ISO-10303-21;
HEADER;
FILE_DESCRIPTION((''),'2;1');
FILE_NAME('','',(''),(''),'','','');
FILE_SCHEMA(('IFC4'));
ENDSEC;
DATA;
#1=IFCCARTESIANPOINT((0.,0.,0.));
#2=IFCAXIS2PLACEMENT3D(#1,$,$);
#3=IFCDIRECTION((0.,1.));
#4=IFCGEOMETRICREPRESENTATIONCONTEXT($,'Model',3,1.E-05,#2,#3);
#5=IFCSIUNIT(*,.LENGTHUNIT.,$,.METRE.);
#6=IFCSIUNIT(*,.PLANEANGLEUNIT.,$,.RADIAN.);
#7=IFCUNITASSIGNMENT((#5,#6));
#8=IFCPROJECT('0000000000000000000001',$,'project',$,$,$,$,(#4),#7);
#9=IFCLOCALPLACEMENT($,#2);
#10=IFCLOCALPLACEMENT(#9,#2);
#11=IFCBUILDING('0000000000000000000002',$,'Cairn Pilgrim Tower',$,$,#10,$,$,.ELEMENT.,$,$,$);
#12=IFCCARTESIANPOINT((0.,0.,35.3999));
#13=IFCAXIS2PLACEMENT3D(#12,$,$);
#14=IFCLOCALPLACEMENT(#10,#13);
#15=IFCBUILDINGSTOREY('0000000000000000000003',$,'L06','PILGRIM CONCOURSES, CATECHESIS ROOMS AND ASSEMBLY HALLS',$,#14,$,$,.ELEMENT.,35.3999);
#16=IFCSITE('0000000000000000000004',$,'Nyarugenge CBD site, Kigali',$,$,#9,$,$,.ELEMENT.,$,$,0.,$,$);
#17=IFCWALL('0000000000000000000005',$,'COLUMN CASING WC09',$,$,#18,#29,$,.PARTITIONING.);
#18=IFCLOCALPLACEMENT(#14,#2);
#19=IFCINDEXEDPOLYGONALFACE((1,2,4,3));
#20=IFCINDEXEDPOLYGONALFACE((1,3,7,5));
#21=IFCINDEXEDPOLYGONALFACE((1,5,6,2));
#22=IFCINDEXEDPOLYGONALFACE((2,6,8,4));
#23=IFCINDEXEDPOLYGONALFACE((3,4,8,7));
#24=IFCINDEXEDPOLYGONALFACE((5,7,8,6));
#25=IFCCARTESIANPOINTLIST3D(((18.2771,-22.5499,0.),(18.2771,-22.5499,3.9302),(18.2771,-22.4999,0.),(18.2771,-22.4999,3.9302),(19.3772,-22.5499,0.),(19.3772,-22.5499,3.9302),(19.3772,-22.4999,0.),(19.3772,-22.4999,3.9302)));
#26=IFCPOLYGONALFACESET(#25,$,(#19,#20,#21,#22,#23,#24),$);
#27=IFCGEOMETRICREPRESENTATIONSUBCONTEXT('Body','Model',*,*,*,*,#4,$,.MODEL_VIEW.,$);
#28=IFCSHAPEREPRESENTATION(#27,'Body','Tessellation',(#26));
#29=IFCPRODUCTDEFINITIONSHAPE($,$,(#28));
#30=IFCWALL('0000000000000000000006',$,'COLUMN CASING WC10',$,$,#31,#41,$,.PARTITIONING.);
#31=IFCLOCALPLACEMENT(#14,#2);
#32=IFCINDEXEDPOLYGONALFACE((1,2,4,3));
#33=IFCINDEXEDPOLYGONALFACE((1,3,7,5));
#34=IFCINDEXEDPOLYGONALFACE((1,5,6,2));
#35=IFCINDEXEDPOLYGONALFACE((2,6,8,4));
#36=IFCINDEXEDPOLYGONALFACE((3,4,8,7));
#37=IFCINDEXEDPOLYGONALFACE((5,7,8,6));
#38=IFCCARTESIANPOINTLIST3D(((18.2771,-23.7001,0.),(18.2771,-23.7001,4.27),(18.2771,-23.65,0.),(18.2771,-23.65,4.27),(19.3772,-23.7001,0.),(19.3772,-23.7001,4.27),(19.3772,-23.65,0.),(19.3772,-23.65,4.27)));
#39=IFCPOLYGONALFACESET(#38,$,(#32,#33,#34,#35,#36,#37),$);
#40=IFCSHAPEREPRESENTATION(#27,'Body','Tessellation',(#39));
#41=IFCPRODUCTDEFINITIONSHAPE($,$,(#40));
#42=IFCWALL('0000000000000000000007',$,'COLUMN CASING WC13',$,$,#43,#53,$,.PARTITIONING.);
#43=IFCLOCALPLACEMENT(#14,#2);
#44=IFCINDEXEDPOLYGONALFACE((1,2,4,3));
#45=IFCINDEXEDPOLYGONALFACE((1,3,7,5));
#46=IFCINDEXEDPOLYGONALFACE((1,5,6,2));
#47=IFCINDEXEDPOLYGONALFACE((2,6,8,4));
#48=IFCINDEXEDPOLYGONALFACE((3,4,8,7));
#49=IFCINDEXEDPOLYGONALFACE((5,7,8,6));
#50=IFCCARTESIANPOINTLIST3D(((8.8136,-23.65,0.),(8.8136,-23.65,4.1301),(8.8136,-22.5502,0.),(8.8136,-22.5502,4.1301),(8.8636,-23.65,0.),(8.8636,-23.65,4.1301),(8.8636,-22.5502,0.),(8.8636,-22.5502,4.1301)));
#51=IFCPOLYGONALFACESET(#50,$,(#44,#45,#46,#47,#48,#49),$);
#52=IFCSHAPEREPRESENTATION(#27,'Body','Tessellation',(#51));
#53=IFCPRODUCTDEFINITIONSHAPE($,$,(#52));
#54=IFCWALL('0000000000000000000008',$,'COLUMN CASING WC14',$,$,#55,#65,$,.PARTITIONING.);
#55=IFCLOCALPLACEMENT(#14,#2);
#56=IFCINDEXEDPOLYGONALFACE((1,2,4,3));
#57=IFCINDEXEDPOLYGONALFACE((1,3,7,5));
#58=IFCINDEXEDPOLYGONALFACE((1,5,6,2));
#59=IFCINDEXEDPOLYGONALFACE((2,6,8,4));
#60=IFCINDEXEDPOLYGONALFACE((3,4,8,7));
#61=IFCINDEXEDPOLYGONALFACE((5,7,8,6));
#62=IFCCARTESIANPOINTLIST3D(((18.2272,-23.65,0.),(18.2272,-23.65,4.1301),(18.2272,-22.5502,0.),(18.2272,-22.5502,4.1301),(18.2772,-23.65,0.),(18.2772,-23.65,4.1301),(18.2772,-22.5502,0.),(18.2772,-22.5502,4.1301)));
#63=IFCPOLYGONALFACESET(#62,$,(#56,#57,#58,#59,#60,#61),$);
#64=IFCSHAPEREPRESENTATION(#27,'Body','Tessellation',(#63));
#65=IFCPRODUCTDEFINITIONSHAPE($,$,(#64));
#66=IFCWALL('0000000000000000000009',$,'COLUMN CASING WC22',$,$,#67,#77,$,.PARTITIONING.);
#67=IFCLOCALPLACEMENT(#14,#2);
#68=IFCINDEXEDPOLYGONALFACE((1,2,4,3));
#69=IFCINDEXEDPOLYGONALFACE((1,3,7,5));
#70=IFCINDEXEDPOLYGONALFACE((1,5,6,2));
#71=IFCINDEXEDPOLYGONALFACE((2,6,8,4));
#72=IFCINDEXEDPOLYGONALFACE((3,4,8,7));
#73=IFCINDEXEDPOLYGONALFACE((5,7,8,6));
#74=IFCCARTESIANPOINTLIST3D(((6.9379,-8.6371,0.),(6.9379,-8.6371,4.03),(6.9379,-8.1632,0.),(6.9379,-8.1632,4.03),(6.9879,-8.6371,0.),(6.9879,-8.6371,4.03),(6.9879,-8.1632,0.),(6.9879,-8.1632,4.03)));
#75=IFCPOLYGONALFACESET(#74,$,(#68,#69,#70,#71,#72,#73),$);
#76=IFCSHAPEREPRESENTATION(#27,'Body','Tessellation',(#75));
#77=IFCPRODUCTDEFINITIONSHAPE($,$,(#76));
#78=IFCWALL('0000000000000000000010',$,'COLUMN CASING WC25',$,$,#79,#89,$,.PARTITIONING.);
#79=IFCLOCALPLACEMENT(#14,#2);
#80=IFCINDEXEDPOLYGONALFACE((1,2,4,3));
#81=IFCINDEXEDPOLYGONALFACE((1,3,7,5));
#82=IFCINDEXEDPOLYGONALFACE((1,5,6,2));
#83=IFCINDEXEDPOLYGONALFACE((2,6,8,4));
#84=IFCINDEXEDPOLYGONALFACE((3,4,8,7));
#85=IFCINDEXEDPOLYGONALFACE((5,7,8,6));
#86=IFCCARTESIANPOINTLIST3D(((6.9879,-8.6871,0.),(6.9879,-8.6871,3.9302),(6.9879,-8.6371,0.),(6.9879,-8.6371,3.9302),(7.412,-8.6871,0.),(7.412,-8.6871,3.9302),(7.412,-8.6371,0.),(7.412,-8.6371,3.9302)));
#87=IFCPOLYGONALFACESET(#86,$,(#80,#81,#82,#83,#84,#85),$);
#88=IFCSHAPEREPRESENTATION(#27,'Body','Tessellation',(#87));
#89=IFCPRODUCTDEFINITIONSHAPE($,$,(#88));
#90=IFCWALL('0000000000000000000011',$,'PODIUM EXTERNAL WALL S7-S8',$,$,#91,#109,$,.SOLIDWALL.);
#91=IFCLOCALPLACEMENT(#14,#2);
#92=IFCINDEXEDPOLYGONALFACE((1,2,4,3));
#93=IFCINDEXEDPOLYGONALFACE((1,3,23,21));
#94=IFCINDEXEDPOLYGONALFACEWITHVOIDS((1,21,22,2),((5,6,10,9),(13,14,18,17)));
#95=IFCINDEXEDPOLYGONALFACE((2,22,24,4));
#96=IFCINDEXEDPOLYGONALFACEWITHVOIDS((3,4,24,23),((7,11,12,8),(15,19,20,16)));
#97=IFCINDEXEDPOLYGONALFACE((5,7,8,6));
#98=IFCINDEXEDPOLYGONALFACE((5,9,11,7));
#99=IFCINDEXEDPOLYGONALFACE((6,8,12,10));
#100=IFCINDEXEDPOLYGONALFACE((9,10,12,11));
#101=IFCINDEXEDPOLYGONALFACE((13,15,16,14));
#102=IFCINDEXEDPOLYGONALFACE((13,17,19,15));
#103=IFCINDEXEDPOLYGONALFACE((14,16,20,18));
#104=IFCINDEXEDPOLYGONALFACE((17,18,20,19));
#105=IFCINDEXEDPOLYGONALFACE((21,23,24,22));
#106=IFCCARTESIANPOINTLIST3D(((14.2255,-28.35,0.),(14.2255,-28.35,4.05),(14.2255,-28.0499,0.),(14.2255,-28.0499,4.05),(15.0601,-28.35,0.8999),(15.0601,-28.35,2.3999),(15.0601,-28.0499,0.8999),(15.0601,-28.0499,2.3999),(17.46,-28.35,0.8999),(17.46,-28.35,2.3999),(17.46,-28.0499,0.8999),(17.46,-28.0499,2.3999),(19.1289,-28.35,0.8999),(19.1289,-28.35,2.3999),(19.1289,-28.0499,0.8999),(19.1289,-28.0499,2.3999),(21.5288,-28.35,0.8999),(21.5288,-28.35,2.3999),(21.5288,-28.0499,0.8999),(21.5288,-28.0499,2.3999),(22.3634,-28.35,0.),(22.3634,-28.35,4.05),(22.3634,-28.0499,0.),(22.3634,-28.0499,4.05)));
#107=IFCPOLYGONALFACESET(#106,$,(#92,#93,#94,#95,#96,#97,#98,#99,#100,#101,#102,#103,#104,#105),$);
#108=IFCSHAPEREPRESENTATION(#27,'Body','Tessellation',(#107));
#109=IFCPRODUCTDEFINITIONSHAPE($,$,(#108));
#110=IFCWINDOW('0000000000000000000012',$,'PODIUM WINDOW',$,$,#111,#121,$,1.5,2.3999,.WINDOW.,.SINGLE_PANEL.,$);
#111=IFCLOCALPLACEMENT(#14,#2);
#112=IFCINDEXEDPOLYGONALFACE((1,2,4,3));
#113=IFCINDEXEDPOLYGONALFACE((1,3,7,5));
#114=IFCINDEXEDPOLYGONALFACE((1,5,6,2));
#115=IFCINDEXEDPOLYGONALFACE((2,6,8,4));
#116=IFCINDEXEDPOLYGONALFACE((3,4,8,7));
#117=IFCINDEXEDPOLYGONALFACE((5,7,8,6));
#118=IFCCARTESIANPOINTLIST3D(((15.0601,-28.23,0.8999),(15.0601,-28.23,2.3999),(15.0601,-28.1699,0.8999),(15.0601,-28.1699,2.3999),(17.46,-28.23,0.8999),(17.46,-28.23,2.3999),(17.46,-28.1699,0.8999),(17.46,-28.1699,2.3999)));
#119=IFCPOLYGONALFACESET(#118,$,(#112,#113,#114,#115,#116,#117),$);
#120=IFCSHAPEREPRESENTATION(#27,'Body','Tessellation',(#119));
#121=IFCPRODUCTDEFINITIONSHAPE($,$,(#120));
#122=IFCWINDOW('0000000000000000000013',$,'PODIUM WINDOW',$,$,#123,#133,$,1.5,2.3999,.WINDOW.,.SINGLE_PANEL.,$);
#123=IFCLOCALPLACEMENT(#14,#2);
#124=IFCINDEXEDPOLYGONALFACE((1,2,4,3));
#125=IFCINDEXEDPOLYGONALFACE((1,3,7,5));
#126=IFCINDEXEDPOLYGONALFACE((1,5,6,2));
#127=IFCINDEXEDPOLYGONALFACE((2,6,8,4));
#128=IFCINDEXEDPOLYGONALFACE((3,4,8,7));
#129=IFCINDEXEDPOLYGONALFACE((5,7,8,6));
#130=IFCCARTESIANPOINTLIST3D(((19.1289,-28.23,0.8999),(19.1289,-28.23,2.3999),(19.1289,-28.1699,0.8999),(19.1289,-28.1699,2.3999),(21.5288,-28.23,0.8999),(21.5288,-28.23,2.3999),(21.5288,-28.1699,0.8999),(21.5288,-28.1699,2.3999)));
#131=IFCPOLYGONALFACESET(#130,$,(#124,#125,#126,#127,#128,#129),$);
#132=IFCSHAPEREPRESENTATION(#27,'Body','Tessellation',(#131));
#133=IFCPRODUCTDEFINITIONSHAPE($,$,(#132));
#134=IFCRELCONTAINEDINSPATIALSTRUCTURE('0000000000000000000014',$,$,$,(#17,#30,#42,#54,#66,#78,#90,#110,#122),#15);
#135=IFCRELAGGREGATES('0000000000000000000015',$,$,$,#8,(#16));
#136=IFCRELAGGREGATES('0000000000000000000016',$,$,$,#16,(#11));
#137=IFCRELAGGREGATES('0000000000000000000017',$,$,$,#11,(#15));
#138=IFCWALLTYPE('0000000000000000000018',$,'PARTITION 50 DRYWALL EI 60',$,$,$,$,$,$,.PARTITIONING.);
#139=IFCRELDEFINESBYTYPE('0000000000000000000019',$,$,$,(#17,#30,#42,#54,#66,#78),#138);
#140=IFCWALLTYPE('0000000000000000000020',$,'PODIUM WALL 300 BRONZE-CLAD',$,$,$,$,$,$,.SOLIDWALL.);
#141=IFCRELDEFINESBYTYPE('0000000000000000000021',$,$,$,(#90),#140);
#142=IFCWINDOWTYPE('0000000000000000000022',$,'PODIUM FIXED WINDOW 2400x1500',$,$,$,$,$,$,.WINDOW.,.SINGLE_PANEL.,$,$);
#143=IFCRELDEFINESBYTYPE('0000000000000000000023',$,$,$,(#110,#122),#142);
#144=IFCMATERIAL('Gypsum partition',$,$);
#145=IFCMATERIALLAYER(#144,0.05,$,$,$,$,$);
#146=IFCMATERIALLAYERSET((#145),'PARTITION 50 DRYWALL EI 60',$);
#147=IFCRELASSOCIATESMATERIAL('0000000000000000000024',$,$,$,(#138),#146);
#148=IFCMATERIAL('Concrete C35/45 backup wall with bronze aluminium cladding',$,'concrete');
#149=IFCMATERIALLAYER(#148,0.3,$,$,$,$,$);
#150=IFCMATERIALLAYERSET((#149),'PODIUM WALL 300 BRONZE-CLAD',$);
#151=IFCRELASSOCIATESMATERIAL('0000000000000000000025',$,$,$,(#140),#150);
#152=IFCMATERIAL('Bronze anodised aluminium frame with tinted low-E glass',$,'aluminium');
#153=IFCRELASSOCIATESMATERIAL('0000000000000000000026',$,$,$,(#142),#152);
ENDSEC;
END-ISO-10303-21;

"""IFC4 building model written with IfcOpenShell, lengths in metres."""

from ifc_helpers import new_model, si_unit, direction, frame, frame_2d, origin, place, context, subcontext, project, spatial, rectangle, extrude, material, layer, layer_set, type_object, element, fill, save


model = new_model("IFC4")

# Units and contexts
model_context = context("Model", 3, precision=1e-05, world=origin(), true_north=direction((0.0, 1.0)))
body_context = subcontext(model_context, "Body", "Model", "MODEL_VIEW")
ifc_project = project(units=[si_unit("LENGTHUNIT", "METRE"), si_unit("PLANEANGLEUNIT", "RADIAN")], contexts=[model_context])

# Site, building, storey
site_placement = place(None, origin())
site = spatial("IfcSite", under=ifc_project, at=site_placement, Name="Nyarugenge CBD site, Kigali", CompositionType="ELEMENT", RefElevation=0.0)
building_placement = place(site_placement, origin())
building = spatial("IfcBuilding", under=site, at=building_placement, Name="Cairn Pilgrim Tower", CompositionType="ELEMENT")
storey_placement = place(building_placement, frame((0.0, 0.0, 35.3999)))
storey = spatial("IfcBuildingStorey", under=building, at=storey_placement, Name="L06", Description="PILGRIM CONCOURSES, CATECHESIS ROOMS AND ASSEMBLY HALLS", CompositionType="ELEMENT", Elevation=35.3999)

# Shared definitions
ifc_material_1 = material(Name="Gypsum partition")

# Walls
ifc_layer_1 = layer(ifc_material_1, 0.05)
ifc_layer_set_1 = layer_set([ifc_layer_1], Name="PARTITION 50 DRYWALL EI 60")
wall_type_1 = type_object("IfcWallType", Name="PARTITION 50 DRYWALL EI 60", PredefinedType="PARTITIONING", material=ifc_layer_set_1)
wall_1_placement = place(storey_placement, frame((18.2771, -22.5249, 0.0), z_axis=(0.0, 0.0, 1.0), x_axis=(1.0, 0.0, 0.0)))
element("IfcWall", 1, at=wall_1_placement, inside=storey, type_object=wall_type_1, Name="COLUMN CASING WC09", PredefinedType="PARTITIONING", context=body_context, shape_type="SweptSolid", body=[
    extrude(rectangle(XDim=1.1001, YDim=0.05, at=frame_2d((0.55, 0.0))), origin(), (0.0, 0.0, 1.0), 3.9302),
])
wall_2_placement = place(storey_placement, frame((18.2771, -23.675, 0.0), z_axis=(0.0, 0.0, 1.0), x_axis=(1.0, 0.0, 0.0)))
element("IfcWall", 2, at=wall_2_placement, inside=storey, type_object=wall_type_1, Name="COLUMN CASING WC10", PredefinedType="PARTITIONING", context=body_context, shape_type="SweptSolid", body=[
    extrude(rectangle(XDim=1.1001, YDim=0.05, at=frame_2d((0.55, 0.0))), origin(), (0.0, 0.0, 1.0), 4.27),
])
for number, where, z_axis, x_axis, name in (
    (3, (8.8386, -23.6499, 0.0), (0.0, 0.0, 1.0), (0.0, 1.0, 0.0), "COLUMN CASING WC13"),
    (4, (18.2522, -23.6499, 0.0), (0.0, 0.0, 1.0), (0.0, 1.0, 0.0), "COLUMN CASING WC14"),
):
    element("IfcWall", number, at=place(storey_placement, frame(where, z_axis=z_axis, x_axis=x_axis)), inside=storey, type_object=wall_type_1, Name=name, PredefinedType="PARTITIONING", context=body_context, shape_type="SweptSolid", body=[
        extrude(rectangle(XDim=1.0999, YDim=0.05, at=frame_2d((0.5498, 0.0))), origin(), (0.0, 0.0, 1.0), 4.1301),
    ])
wall_3_placement = place(storey_placement, frame((6.9629, -8.637, 0.0), z_axis=(0.0, 0.0, 1.0), x_axis=(0.0, 1.0, 0.0)))
element("IfcWall", 5, at=wall_3_placement, inside=storey, type_object=wall_type_1, Name="COLUMN CASING WC22", PredefinedType="PARTITIONING", context=body_context, shape_type="SweptSolid", body=[
    extrude(rectangle(XDim=0.4739, YDim=0.05, at=frame_2d((0.2368, 0.0))), origin(), (0.0, 0.0, 1.0), 4.03),
])
wall_4_placement = place(storey_placement, frame((6.988, -8.6621, 0.0), z_axis=(0.0, 0.0, 1.0), x_axis=(1.0, 0.0, 0.0)))
element("IfcWall", 6, at=wall_4_placement, inside=storey, type_object=wall_type_1, Name="COLUMN CASING WC25", PredefinedType="PARTITIONING", context=body_context, shape_type="SweptSolid", body=[
    extrude(rectangle(XDim=0.4241, YDim=0.05, at=frame_2d((0.2119, 0.0))), origin(), (0.0, 0.0, 1.0), 3.9302),
])

# Wall, openings, windows
ifc_material_2 = material(Name="Concrete C35/45 backup wall with bronze aluminium cladding", Category="concrete")
ifc_layer_2 = layer(ifc_material_2, 0.3)
ifc_layer_set_2 = layer_set([ifc_layer_2], Name="PODIUM WALL 300 BRONZE-CLAD")
wall_type_2 = type_object("IfcWallType", Name="PODIUM WALL 300 BRONZE-CLAD", PredefinedType="SOLIDWALL", material=ifc_layer_set_2)
wall_5_placement = place(storey_placement, frame((14.2256, -28.2, 0.0), z_axis=(0.0, 0.0, 1.0), x_axis=(1.0, 0.0, 0.0)))
wall_5 = element("IfcWall", 7, at=wall_5_placement, inside=storey, type_object=wall_type_2, Name="PODIUM EXTERNAL WALL S7-S8", PredefinedType="SOLIDWALL", context=body_context, shape_type="SweptSolid", body=[
    extrude(rectangle(XDim=8.1379, YDim=0.3, at=frame_2d((4.0688, 0.0))), origin(), (0.0, 0.0, 1.0), 4.05),
])
opening_1_placement = place(wall_5_placement, frame((0.8345, 0.0, 0.8999)))
opening_1 = element("IfcOpeningElement", 8, at=opening_1_placement, cuts=wall_5, PredefinedType="OPENING", context=body_context, shape_type="SweptSolid", body=[
    extrude(rectangle(XDim=2.3999, YDim=1.5, at=frame_2d((1.2, 0.75))), frame((0.0, 0.1602, 0.0), z_axis=(0.0, -1.0, 0.0), x_axis=(1.0, 0.0, 0.0)), (0.0, 0.0, 1.0), 0.3201),
])
opening_2_placement = place(wall_5_placement, frame((4.9033, 0.0, 0.8999)))
opening_2 = element("IfcOpeningElement", 9, at=opening_2_placement, cuts=wall_5, PredefinedType="OPENING", context=body_context, shape_type="SweptSolid", body=[
    extrude(rectangle(XDim=2.3999, YDim=1.5, at=frame_2d((1.2, 0.75))), frame((0.0, 0.1602, 0.0), z_axis=(0.0, -1.0, 0.0), x_axis=(1.0, 0.0, 0.0)), (0.0, 0.0, 1.0), 0.3201),
])
ifc_material_3 = material(Name="Bronze anodised aluminium frame with tinted low-E glass", Category="aluminium")
window_type = type_object("IfcWindowType", Name="PODIUM FIXED WINDOW 2400x1500", PartitioningType="SINGLE_PANEL", PredefinedType="WINDOW", material=ifc_material_3)
window_1_placement = place(opening_1_placement, origin())
window_1 = element("IfcWindow", 10, at=window_1_placement, inside=storey, type_object=window_type, Name="PODIUM WINDOW", OverallHeight=1.5, OverallWidth=2.3999, PartitioningType="SINGLE_PANEL", PredefinedType="WINDOW", context=body_context, shape_type="SweptSolid", body=[
    extrude(rectangle(XDim=2.3999, YDim=1.5, at=frame_2d((1.2, 0.75))), frame((0.0, 0.03, 0.0), z_axis=(0.0, -1.0, 0.0), x_axis=(1.0, 0.0, 0.0)), (0.0, 0.0, 1.0), 0.0601),
])
fill(opening_1, window_1)
window_2_placement = place(opening_2_placement, origin())
window_2 = element("IfcWindow", 11, at=window_2_placement, inside=storey, type_object=window_type, Name="PODIUM WINDOW", OverallHeight=1.5, OverallWidth=2.3999, PartitioningType="SINGLE_PANEL", PredefinedType="WINDOW", context=body_context, shape_type="SweptSolid", body=[
    extrude(rectangle(XDim=2.3999, YDim=1.5, at=frame_2d((1.2, 0.75))), frame((0.0, 0.03, 0.0), z_axis=(0.0, -1.0, 0.0), x_axis=(1.0, 0.0, 0.0)), (0.0, 0.0, 1.0), 0.0601),
])
fill(opening_2, window_2)

save(model, "model.ifc")
